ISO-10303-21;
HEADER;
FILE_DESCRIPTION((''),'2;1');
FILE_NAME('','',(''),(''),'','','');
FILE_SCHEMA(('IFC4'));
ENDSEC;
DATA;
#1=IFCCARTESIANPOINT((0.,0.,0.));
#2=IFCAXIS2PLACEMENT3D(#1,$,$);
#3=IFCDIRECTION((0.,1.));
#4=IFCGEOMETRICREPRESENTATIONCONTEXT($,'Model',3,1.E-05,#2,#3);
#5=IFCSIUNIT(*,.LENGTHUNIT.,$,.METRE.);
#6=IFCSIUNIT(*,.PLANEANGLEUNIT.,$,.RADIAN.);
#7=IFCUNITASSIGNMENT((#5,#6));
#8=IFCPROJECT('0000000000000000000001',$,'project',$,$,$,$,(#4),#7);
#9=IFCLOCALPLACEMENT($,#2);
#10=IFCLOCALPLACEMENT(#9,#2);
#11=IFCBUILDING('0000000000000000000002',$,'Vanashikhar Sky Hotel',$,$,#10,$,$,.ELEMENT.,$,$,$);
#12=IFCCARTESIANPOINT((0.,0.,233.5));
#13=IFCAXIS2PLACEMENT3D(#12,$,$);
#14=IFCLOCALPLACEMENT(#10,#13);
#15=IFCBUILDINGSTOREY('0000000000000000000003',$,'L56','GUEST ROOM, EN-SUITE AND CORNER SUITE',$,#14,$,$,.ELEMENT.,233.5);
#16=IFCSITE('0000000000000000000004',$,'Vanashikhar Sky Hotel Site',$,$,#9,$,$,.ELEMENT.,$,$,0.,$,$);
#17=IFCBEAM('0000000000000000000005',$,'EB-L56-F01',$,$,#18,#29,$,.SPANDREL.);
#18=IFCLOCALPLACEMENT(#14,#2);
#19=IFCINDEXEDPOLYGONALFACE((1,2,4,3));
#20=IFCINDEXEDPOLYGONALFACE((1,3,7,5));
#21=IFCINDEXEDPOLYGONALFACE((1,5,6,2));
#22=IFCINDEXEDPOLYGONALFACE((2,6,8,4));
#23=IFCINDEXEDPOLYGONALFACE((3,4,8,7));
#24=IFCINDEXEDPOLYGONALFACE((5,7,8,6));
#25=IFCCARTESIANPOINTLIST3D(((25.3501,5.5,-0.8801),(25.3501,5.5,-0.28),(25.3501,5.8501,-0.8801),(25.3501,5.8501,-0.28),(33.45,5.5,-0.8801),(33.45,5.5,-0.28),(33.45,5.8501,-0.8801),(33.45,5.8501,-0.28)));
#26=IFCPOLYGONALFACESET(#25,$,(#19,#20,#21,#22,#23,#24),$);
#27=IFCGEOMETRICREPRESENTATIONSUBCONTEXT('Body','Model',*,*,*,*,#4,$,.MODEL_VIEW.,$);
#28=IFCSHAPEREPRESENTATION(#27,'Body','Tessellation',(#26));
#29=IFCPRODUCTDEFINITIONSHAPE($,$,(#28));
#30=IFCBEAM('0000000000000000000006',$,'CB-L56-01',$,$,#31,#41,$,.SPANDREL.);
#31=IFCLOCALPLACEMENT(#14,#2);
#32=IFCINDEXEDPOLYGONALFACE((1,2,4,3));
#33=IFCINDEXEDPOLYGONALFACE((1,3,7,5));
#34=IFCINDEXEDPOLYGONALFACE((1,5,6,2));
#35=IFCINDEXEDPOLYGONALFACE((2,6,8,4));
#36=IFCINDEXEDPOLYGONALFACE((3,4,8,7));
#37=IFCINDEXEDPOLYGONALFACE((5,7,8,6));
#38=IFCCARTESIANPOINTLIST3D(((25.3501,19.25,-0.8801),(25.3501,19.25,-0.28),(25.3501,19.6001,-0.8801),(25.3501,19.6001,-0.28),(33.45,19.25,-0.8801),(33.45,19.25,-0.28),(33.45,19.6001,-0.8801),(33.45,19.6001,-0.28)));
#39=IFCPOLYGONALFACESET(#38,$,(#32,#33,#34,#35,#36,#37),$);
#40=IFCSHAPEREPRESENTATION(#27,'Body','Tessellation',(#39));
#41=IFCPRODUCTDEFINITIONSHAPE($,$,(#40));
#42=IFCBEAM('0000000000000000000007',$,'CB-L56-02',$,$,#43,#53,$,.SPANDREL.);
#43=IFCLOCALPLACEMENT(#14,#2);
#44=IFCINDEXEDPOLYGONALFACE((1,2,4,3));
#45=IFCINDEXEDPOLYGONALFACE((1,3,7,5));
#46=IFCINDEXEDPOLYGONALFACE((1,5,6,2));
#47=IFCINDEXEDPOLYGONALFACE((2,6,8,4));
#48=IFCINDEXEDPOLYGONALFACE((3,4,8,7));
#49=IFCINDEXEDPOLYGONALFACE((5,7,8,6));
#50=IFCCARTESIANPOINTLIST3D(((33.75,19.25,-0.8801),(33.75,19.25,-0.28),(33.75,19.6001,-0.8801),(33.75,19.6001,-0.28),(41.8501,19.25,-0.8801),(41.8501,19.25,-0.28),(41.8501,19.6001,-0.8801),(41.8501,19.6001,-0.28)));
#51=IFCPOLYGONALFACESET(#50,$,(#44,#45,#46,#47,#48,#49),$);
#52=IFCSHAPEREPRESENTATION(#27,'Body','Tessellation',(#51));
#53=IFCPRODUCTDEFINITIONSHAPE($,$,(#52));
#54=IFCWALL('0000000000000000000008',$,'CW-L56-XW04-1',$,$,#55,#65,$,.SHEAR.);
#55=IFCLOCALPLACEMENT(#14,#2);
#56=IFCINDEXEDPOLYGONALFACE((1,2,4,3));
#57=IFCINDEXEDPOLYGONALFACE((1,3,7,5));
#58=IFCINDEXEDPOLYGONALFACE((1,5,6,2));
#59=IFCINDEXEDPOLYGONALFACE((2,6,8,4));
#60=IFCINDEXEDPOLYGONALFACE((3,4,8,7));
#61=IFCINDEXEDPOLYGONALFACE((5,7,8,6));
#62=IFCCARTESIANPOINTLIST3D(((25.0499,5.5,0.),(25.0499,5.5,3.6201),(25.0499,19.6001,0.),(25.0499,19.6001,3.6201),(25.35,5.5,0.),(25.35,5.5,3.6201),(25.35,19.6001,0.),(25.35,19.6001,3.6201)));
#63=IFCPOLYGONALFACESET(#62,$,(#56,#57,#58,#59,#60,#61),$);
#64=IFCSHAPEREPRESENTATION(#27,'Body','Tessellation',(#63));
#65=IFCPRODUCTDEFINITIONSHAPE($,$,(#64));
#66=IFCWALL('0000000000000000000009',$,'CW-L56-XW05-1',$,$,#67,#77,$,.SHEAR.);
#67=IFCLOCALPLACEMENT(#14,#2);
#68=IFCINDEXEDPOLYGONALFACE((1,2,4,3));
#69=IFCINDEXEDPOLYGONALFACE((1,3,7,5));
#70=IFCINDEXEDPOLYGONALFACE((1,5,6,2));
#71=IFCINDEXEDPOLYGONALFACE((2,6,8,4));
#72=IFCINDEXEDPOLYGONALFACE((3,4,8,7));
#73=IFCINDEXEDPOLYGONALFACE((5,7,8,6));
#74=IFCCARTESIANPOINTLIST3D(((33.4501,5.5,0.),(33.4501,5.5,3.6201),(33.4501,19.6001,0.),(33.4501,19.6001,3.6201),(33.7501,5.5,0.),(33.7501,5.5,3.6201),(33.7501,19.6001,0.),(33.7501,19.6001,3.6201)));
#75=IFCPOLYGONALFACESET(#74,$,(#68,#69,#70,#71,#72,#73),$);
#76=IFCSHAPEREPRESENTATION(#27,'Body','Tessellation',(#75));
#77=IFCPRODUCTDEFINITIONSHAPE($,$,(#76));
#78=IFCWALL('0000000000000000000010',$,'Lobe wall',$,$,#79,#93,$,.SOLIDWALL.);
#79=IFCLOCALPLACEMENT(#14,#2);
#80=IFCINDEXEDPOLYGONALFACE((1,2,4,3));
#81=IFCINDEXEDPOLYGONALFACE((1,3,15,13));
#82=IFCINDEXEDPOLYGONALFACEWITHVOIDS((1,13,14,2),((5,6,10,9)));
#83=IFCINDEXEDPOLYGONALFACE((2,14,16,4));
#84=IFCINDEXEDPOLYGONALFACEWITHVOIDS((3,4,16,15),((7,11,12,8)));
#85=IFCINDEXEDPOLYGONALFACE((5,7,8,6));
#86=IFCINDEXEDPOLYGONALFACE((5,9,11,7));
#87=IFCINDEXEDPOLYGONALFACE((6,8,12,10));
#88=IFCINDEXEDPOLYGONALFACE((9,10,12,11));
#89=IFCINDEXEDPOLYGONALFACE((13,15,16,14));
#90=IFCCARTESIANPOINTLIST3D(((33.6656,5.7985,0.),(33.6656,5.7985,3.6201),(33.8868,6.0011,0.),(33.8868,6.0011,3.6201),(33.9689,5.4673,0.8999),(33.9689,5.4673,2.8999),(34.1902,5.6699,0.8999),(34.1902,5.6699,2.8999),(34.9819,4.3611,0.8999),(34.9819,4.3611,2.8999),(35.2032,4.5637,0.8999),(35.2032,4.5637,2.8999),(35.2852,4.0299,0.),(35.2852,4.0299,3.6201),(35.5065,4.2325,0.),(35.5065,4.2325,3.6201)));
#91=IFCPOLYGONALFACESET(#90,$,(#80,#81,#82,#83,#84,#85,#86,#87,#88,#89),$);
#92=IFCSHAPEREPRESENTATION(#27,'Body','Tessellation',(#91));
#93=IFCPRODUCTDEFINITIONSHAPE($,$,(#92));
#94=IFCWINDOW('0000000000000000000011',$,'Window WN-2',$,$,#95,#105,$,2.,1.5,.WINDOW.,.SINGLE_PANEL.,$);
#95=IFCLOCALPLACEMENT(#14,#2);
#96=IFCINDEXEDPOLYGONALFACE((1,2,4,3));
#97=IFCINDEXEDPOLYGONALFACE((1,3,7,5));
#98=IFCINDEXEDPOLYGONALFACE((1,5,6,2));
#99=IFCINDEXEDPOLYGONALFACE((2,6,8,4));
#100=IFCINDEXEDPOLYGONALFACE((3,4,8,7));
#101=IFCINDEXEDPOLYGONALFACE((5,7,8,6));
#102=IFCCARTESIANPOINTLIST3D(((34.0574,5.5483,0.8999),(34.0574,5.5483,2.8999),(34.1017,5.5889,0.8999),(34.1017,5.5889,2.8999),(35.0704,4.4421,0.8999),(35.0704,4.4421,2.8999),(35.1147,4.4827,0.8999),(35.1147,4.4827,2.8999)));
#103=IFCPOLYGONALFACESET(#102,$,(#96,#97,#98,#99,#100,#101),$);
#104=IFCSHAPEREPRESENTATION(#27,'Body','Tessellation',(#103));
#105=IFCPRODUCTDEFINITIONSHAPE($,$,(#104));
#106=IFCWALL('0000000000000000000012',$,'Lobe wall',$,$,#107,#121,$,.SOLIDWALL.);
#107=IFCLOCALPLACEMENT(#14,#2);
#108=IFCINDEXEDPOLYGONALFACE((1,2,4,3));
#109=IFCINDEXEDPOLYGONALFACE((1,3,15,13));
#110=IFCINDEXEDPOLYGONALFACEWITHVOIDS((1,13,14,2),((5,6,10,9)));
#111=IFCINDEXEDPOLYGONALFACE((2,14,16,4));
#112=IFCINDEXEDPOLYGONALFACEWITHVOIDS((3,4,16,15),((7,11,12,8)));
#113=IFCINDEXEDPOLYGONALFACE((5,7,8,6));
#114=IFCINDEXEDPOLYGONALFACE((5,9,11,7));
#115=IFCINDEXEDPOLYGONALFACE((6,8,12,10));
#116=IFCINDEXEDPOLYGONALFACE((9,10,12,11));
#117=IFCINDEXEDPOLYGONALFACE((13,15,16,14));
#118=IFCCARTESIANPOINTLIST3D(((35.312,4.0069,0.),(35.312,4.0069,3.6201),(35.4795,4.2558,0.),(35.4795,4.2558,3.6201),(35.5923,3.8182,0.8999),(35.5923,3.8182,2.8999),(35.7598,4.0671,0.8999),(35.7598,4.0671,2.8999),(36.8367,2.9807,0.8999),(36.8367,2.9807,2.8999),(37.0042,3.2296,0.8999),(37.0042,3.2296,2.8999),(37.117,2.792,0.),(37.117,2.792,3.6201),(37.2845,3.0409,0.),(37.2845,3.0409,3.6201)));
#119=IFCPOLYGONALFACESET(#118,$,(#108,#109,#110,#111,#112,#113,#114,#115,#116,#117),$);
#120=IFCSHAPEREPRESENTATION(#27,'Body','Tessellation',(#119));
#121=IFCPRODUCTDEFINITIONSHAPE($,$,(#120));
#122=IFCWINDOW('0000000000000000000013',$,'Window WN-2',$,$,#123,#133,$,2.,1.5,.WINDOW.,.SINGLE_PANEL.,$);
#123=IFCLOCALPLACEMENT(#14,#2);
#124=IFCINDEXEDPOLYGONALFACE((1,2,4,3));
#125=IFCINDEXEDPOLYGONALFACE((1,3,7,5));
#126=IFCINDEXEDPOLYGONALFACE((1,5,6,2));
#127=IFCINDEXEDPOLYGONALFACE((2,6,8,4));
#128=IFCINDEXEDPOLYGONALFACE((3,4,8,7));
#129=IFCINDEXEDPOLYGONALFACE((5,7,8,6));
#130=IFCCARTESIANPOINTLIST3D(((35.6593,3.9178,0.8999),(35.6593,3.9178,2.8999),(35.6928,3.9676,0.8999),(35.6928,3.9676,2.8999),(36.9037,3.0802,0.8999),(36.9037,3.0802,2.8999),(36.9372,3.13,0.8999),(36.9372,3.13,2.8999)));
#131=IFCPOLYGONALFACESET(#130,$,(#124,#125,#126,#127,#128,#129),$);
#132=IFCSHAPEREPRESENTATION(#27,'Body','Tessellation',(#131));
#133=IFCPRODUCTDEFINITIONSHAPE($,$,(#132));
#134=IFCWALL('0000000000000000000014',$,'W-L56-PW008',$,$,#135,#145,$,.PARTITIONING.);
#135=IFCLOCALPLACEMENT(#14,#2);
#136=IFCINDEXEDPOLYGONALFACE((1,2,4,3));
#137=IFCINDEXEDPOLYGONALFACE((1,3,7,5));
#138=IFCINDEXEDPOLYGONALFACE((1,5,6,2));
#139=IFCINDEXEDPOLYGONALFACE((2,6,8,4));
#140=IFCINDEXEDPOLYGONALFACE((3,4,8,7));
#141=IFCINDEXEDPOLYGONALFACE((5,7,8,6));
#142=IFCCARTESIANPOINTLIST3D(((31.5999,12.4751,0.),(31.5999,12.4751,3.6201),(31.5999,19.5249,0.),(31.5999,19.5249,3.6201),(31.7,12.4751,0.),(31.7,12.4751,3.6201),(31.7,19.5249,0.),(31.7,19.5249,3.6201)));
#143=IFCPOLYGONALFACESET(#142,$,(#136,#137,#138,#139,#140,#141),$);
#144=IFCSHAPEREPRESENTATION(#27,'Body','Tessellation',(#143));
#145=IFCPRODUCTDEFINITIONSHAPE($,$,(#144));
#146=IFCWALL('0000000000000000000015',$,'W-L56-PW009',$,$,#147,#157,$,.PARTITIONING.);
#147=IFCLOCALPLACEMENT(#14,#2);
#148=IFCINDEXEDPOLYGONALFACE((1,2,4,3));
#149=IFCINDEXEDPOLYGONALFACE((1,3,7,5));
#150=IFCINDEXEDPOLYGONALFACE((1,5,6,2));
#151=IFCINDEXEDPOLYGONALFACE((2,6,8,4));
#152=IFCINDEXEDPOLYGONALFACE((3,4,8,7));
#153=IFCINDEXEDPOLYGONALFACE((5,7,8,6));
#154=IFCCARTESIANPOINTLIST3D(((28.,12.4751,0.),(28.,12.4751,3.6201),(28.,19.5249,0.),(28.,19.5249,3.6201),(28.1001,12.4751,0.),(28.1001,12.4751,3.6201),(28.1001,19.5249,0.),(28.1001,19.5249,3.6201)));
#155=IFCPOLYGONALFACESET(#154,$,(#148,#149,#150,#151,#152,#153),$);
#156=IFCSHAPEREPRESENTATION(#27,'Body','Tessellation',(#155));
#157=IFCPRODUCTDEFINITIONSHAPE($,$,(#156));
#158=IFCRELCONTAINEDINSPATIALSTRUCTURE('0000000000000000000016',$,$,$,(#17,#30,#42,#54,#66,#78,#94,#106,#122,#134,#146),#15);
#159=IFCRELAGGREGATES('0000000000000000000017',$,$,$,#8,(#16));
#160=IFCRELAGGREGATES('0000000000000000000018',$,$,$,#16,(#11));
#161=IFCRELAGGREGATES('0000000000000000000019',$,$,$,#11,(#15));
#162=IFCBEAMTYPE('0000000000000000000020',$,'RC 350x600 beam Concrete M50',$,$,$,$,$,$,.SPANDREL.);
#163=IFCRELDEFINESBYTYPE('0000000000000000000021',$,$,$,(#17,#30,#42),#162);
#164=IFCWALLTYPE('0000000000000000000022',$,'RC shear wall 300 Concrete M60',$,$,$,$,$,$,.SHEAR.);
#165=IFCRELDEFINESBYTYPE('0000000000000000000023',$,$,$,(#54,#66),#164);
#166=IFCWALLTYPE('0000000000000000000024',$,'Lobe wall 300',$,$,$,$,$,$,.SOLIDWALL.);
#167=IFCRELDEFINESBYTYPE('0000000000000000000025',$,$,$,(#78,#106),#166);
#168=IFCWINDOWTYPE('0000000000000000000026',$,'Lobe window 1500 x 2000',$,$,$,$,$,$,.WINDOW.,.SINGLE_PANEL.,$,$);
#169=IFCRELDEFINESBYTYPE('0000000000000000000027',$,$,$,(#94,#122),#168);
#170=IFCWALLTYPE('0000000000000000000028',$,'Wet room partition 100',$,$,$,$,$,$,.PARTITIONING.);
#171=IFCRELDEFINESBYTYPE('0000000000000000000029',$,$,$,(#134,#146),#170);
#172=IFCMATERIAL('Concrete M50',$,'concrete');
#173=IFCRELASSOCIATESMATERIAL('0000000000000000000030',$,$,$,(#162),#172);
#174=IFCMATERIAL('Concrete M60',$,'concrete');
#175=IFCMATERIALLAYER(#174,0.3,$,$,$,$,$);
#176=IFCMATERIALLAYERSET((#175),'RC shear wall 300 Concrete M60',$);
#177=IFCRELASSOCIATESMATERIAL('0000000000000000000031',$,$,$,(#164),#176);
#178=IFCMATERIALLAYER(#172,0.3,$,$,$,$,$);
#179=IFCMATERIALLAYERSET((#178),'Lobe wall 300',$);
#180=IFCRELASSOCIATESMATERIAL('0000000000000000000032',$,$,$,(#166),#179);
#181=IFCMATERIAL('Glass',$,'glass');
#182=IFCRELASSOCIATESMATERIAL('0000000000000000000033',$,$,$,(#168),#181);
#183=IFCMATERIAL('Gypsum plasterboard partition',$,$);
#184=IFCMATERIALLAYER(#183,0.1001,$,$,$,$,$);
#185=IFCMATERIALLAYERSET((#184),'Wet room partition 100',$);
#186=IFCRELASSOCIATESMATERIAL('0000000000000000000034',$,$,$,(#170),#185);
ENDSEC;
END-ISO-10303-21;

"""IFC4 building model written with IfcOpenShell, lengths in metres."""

from ifc_helpers import new_model, si_unit, direction, frame, frame_2d, origin, origin_2d, place, context, subcontext, project, spatial, rectangle, extrude, source, transform, mapped, material, layer, layer_set, material_profile, profile_set, type_object, element, fill, save


model = new_model("IFC4")

# Units and contexts
model_context = context("Model", 3, precision=1e-05, world=origin(), true_north=direction((0.0, 1.0)))
body_context = subcontext(model_context, "Body", "Model", "MODEL_VIEW")
ifc_project = project(units=[si_unit("LENGTHUNIT", "METRE"), si_unit("PLANEANGLEUNIT", "RADIAN")], contexts=[model_context])

# Site, building, storey
site_placement = place(None, origin())
site = spatial("IfcSite", under=ifc_project, at=site_placement, Name="Vanashikhar Sky Hotel Site", CompositionType="ELEMENT", RefElevation=0.0)
building_placement = place(site_placement, origin())
building = spatial("IfcBuilding", under=site, at=building_placement, Name="Vanashikhar Sky Hotel", CompositionType="ELEMENT")
storey_placement = place(building_placement, frame((0.0, 0.0, 233.5)))
storey = spatial("IfcBuildingStorey", under=building, at=storey_placement, Name="L56", Description="GUEST ROOM, EN-SUITE AND CORNER SUITE", CompositionType="ELEMENT", Elevation=233.5)

# Beams
ifc_material_1 = material(Name="Concrete M50", Category="concrete")
ifc_material_profile_1 = material_profile(ifc_material_1, rectangle(XDim=0.3501, YDim=0.6001, at=origin_2d()))
ifc_profile_set_1 = profile_set([ifc_material_profile_1], Name="RC 350x600 beam Concrete M50")
beam_type = type_object("IfcBeamType", Name="RC 350x600 beam Concrete M50", PredefinedType="SPANDREL", material=ifc_profile_set_1)
shared_shape_1 = source(origin(), body_context, "Body", "SweptSolid", [
    extrude(rectangle(XDim=0.3501, YDim=0.6001, at=origin_2d()), origin(), (0.0, 0.0, 1.0), 8.0999),
])
for number, where, z_axis, x_axis, name in (
    (1, (25.3501, 5.675, -0.5801), (1.0, 0.0, 0.0), (0.0, 1.0, 0.0), "EB-L56-F01"),
    (2, (25.3501, 19.425, -0.5801), (1.0, 0.0, 0.0), (0.0, 1.0, 0.0), "CB-L56-01"),
):
    element("IfcBeam", number, at=place(storey_placement, frame(where, z_axis=z_axis, x_axis=x_axis)), inside=storey, type_object=beam_type, Name=name, PredefinedType="SPANDREL", context=body_context, shape_type="MappedRepresentation", body=[
        mapped(shared_shape_1, transform((0.0, 0.0, 0.0), scale=1.0)),
    ])
shared_shape_2 = source(origin(), body_context, "Body", "SweptSolid", [
    extrude(rectangle(XDim=0.3501, YDim=0.6001, at=origin_2d()), origin(), (0.0, 0.0, 1.0), 8.1001),
])
beam_placement = place(storey_placement, frame((33.75, 19.425, -0.5801), z_axis=(1.0, 0.0, 0.0), x_axis=(0.0, 1.0, 0.0)))
element("IfcBeam", 3, at=beam_placement, inside=storey, type_object=beam_type, Name="CB-L56-02", PredefinedType="SPANDREL", context=body_context, shape_type="MappedRepresentation", body=[
    mapped(shared_shape_2, transform((0.0, 0.0, 0.0), scale=1.0)),
])

# Walls
ifc_material_2 = material(Name="Concrete M60", Category="concrete")
ifc_layer_1 = layer(ifc_material_2, 0.3)
ifc_layer_set_1 = layer_set([ifc_layer_1], Name="RC shear wall 300 Concrete M60")
wall_type_1 = type_object("IfcWallType", Name="RC shear wall 300 Concrete M60", PredefinedType="SHEAR", material=ifc_layer_set_1)
shared_shape_3 = source(origin(), body_context, "Body", "SweptSolid", [
    extrude(rectangle(XDim=14.1001, YDim=0.3, at=frame_2d((7.05, 0.0))), origin(), (0.0, 0.0, 1.0), 3.6201),
])
for number, where, z_axis, x_axis, name in (
    (4, (25.2, 5.5, 0.0), (0.0, 0.0, 1.0), (0.0, 1.0, 0.0), "CW-L56-XW04-1"),
    (5, (33.6001, 5.5, 0.0), (0.0, 0.0, 1.0), (0.0, 1.0, 0.0), "CW-L56-XW05-1"),
):
    element("IfcWall", number, at=place(storey_placement, frame(where, z_axis=z_axis, x_axis=x_axis)), inside=storey, type_object=wall_type_1, Name=name, PredefinedType="SHEAR", context=body_context, shape_type="MappedRepresentation", body=[
        mapped(shared_shape_3, transform((0.0, 0.0, 0.0), scale=1.0)),
    ])

# Shared definitions
ifc_material_3 = material(Name="Glass", Category="glass")

# Walls, openings, windows
ifc_layer_2 = layer(ifc_material_1, 0.3)
ifc_layer_set_2 = layer_set([ifc_layer_2], Name="Lobe wall 300")
wall_type_2 = type_object("IfcWallType", Name="Lobe wall 300", PredefinedType="SOLIDWALL", material=ifc_layer_set_2)
shared_shape_4 = source(origin(), body_context, "Body", "SweptSolid", [
    extrude(rectangle(XDim=2.3982, YDim=0.3, at=frame_2d((1.1992, 0.0))), origin(), (0.0, 0.0, 1.0), 3.6201),
])
wall_1_placement = place(storey_placement, frame((33.7761, 5.8999, 0.0), z_axis=(0.0, 0.0, 1.0), x_axis=(0.675374, -0.737475, 0.0)))
wall_1 = element("IfcWall", 6, at=wall_1_placement, inside=storey, type_object=wall_type_2, Name="Lobe wall", PredefinedType="SOLIDWALL", context=body_context, shape_type="MappedRepresentation", body=[
    mapped(shared_shape_4, transform((0.0, 0.0, 0.0), scale=1.0)),
])
shared_shape_5 = source(origin(), body_context, "Body", "SweptSolid", [
    extrude(rectangle(XDim=1.5, YDim=2.0, at=frame_2d((0.75, 1.0))), frame((0.0, 0.1602, 0.0), z_axis=(0.0, -1.0, 0.0), x_axis=(1.0, 0.0, 0.0)), (0.0, 0.0, 1.0), 0.3201),
])
opening_1_placement = place(wall_1_placement, frame((0.4492, 0.0, 0.8999)))
opening_1 = element("IfcOpeningElement", 7, at=opening_1_placement, cuts=wall_1, PredefinedType="OPENING", context=body_context, shape_type="MappedRepresentation", body=[
    mapped(shared_shape_5, transform((0.0, 0.0, 0.0), scale=1.0)),
])
window_type_1 = type_object("IfcWindowType", Name="Lobe window 1500 x 2000", PartitioningType="SINGLE_PANEL", PredefinedType="WINDOW", material=ifc_material_3)
shared_shape_6 = source(origin(), body_context, "Body", "SweptSolid", [
    extrude(rectangle(XDim=1.5, YDim=2.0, at=frame_2d((0.75, 1.0))), frame((0.0, 0.03, 0.0), z_axis=(0.0, -1.0, 0.0), x_axis=(1.0, 0.0, 0.0)), (0.0, 0.0, 1.0), 0.0601),
])
window_1_placement = place(opening_1_placement, origin())
window_1 = element("IfcWindow", 8, at=window_1_placement, inside=storey, type_object=window_type_1, Name="Window WN-2", OverallHeight=2.0, OverallWidth=1.5, PartitioningType="SINGLE_PANEL", PredefinedType="WINDOW", context=body_context, shape_type="MappedRepresentation", body=[
    mapped(shared_shape_6, transform((0.0, 0.0, 0.0), scale=1.0)),
])
fill(opening_1, window_1)
shared_shape_7 = source(origin(), body_context, "Body", "SweptSolid", [
    extrude(rectangle(XDim=2.1758, YDim=0.3, at=frame_2d((1.0879, 0.0))), origin(), (0.0, 0.0, 1.0), 3.6201),
])
wall_2_placement = place(storey_placement, frame((35.3958, 4.1313, 0.0), z_axis=(0.0, 0.0, 1.0), x_axis=(0.829591, -0.558372, 0.0)))
wall_2 = element("IfcWall", 9, at=wall_2_placement, inside=storey, type_object=wall_type_2, Name="Lobe wall", PredefinedType="SOLIDWALL", context=body_context, shape_type="MappedRepresentation", body=[
    mapped(shared_shape_7, transform((0.0, 0.0, 0.0), scale=1.0)),
])
opening_2_placement = place(wall_2_placement, frame((0.3379, 0.0, 0.8999)))
opening_2 = element("IfcOpeningElement", 10, at=opening_2_placement, cuts=wall_2, PredefinedType="OPENING", context=body_context, shape_type="MappedRepresentation", body=[
    mapped(shared_shape_5, transform((0.0, 0.0, 0.0), scale=1.0)),
])
window_2_placement = place(opening_2_placement, origin())
window_2 = element("IfcWindow", 11, at=window_2_placement, inside=storey, type_object=window_type_1, Name="Window WN-2", OverallHeight=2.0, OverallWidth=1.5, PartitioningType="SINGLE_PANEL", PredefinedType="WINDOW", context=body_context, shape_type="MappedRepresentation", body=[
    mapped(shared_shape_6, transform((0.0, 0.0, 0.0), scale=1.0)),
])
fill(opening_2, window_2)

# Walls
ifc_material_4 = material(Name="Gypsum plasterboard partition")
ifc_layer_3 = layer(ifc_material_4, 0.1001)
ifc_layer_set_3 = layer_set([ifc_layer_3], Name="Wet room partition 100")
wall_type_3 = type_object("IfcWallType", Name="Wet room partition 100", PredefinedType="PARTITIONING", material=ifc_layer_set_3)
shared_shape_8 = source(origin(), body_context, "Body", "SweptSolid", [
    extrude(rectangle(XDim=7.0498, YDim=0.1001, at=frame_2d((3.5249, 0.0))), origin(), (0.0, 0.0, 1.0), 3.6201),
])
for number, where, z_axis, x_axis, name in (
    (12, (31.6499, 12.4751, 0.0), (0.0, 0.0, 1.0), (0.0, 1.0, 0.0), "W-L56-PW008"),
    (13, (28.05, 12.4751, 0.0), (0.0, 0.0, 1.0), (0.0, 1.0, 0.0), "W-L56-PW009"),
):
    element("IfcWall", number, at=place(storey_placement, frame(where, z_axis=z_axis, x_axis=x_axis)), inside=storey, type_object=wall_type_3, Name=name, PredefinedType="PARTITIONING", context=body_context, shape_type="MappedRepresentation", body=[
        mapped(shared_shape_8, transform((0.0, 0.0, 0.0), scale=1.0)),
    ])

save(model, "model.ifc")
